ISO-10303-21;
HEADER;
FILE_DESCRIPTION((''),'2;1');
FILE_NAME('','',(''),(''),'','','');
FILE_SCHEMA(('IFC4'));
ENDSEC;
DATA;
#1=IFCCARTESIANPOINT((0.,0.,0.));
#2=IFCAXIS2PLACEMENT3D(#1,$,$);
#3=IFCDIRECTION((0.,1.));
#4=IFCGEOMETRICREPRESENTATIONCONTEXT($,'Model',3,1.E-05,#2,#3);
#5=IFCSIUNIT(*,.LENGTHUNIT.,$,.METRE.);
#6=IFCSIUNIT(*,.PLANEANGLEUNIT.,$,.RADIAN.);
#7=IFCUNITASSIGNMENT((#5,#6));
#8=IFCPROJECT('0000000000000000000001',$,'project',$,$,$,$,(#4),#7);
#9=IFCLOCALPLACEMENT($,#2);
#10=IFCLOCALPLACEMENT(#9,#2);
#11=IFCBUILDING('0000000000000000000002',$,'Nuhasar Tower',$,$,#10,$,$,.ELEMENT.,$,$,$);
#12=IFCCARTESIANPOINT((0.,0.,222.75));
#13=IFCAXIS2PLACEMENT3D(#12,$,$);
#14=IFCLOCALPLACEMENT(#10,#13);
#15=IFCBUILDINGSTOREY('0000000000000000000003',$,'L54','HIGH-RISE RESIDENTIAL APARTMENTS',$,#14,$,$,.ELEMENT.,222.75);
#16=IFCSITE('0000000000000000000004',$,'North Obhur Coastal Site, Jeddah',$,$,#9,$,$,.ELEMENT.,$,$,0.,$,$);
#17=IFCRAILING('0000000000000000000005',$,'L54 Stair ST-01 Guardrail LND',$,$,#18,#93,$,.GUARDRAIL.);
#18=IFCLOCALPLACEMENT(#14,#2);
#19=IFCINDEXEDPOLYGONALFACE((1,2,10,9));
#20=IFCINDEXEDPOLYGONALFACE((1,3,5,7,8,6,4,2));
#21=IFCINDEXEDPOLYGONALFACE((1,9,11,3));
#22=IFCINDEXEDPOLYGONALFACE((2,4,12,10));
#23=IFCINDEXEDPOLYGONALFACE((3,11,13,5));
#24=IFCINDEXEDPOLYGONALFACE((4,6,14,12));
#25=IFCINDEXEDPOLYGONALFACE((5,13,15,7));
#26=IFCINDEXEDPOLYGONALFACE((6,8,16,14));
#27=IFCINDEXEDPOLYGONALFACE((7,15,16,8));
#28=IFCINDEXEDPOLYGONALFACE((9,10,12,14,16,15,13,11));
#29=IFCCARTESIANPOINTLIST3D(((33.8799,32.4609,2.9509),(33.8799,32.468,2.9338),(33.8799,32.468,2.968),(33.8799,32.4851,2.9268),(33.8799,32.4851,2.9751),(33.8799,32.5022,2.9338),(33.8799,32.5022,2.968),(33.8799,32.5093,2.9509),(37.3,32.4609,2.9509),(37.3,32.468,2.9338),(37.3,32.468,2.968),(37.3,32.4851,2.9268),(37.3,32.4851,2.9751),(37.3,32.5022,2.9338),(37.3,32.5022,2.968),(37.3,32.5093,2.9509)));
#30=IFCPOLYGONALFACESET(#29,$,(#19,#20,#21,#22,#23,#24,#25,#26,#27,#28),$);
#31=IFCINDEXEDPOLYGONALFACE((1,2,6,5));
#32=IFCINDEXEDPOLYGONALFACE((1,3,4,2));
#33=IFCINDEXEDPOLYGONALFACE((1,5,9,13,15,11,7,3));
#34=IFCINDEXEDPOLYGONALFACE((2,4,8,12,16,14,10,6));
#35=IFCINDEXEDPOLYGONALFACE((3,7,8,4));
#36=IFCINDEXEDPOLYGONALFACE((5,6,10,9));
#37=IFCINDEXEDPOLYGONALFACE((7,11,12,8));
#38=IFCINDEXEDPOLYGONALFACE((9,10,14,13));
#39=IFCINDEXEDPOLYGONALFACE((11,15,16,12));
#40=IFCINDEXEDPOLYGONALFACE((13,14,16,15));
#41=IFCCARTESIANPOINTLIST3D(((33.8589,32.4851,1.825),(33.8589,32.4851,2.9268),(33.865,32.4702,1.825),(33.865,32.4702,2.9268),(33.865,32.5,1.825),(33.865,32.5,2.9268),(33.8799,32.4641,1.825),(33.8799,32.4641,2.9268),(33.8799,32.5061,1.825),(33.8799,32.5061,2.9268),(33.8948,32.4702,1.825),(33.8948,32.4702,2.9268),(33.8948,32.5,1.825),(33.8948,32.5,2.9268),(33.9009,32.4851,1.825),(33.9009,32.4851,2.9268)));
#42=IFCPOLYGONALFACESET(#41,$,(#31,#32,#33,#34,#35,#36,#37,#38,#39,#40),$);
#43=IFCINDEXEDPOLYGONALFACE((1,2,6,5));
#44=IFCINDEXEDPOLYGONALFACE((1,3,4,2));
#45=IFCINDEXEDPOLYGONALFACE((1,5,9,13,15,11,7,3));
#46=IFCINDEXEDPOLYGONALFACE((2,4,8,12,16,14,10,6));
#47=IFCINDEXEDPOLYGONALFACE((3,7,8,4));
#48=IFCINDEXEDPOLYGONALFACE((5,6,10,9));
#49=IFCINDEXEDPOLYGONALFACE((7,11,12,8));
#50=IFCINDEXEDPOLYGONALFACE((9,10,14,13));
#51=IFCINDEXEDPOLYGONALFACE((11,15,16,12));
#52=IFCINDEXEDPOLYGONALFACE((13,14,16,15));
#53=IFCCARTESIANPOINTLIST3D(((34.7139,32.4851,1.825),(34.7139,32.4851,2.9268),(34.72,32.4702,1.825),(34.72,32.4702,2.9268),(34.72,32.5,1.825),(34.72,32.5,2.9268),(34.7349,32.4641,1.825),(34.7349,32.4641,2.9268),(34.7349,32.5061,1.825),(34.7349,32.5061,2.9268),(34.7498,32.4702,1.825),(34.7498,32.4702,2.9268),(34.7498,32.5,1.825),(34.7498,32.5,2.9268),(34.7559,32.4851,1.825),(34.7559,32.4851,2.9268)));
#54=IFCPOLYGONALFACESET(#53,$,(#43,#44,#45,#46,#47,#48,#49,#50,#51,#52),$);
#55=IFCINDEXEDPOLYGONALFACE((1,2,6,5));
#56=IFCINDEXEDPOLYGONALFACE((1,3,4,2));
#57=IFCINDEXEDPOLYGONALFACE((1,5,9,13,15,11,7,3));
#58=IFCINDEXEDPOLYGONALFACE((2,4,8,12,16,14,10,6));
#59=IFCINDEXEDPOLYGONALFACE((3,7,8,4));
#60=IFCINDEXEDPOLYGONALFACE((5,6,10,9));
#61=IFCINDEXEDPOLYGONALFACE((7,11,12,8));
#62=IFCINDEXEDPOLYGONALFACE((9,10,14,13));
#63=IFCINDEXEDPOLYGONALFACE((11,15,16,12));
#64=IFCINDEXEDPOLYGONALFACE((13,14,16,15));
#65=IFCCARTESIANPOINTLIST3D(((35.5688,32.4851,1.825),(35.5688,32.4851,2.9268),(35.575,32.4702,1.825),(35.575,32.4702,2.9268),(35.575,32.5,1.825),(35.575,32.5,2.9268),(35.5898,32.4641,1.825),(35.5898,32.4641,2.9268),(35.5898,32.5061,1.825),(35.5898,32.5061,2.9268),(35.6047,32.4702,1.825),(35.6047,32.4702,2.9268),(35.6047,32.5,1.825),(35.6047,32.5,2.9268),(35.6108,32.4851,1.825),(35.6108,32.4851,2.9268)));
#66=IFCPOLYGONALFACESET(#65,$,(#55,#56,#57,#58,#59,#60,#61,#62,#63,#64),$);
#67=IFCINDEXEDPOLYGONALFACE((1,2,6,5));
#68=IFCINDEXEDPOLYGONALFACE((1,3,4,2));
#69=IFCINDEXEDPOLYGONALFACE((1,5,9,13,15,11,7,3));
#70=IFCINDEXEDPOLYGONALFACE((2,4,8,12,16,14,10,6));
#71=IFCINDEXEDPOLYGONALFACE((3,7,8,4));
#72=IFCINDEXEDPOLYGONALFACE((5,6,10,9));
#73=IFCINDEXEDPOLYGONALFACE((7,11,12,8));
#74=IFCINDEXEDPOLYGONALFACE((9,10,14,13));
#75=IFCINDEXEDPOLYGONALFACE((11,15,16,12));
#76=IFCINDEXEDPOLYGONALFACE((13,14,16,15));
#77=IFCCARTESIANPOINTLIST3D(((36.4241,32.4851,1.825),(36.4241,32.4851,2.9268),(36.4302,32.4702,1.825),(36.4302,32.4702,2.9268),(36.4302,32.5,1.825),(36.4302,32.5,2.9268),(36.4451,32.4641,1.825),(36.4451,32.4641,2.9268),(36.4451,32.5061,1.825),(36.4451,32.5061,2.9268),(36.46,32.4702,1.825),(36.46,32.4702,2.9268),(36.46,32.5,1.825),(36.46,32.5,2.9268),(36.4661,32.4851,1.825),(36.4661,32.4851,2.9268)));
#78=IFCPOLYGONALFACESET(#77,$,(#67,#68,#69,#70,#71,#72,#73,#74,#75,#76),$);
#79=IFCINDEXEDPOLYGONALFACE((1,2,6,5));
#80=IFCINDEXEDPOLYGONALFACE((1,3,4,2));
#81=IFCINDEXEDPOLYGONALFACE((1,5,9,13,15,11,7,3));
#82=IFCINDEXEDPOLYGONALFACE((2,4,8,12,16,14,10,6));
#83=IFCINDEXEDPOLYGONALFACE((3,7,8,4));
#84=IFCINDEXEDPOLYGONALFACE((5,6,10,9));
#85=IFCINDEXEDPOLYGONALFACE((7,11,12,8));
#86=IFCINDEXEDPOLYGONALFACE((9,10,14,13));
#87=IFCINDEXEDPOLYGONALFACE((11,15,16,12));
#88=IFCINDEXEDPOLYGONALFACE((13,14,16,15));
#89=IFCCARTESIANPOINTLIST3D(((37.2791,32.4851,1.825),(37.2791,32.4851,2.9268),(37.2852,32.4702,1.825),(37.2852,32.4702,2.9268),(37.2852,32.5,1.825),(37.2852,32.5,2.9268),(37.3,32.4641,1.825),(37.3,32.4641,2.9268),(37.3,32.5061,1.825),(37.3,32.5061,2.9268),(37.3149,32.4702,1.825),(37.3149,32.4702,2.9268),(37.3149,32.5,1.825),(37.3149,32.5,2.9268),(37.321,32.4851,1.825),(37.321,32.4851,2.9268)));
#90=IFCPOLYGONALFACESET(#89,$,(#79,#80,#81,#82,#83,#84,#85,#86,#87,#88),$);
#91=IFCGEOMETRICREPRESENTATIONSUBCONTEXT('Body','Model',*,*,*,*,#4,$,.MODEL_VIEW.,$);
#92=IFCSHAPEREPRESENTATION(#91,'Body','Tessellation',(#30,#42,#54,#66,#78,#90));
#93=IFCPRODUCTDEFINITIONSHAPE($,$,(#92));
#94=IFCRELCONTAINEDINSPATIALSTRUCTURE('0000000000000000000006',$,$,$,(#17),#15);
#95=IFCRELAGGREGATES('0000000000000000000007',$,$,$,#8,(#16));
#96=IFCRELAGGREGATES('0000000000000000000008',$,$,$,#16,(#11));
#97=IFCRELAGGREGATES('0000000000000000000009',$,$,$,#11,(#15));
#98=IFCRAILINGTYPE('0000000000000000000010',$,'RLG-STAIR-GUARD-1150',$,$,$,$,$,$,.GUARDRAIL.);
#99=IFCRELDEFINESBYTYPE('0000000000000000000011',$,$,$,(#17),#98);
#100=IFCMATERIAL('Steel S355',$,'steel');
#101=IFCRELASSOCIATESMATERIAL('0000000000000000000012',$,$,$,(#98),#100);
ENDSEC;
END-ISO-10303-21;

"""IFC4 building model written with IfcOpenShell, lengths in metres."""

from ifc_helpers import new_model, si_unit, direction, frame, origin, place, context, subcontext, project, spatial, polyline, outline, extrude, material, type_object, element, save


model = new_model("IFC4")

# Units and contexts
model_context = context("Model", 3, precision=1e-05, world=origin(), true_north=direction((0.0, 1.0)))
body_context = subcontext(model_context, "Body", "Model", "MODEL_VIEW")
ifc_project = project(units=[si_unit("LENGTHUNIT", "METRE"), si_unit("PLANEANGLEUNIT", "RADIAN")], contexts=[model_context])

# Site, building, storey
site_placement = place(None, origin())
site = spatial("IfcSite", under=ifc_project, at=site_placement, Name="North Obhur Coastal Site, Jeddah", CompositionType="ELEMENT", RefElevation=0.0)
building_placement = place(site_placement, origin())
building = spatial("IfcBuilding", under=site, at=building_placement, Name="Nuhasar Tower", CompositionType="ELEMENT")
storey_placement = place(building_placement, frame((0.0, 0.0, 222.75)))
storey = spatial("IfcBuildingStorey", under=building, at=storey_placement, Name="L54", Description="HIGH-RISE RESIDENTIAL APARTMENTS", CompositionType="ELEMENT", Elevation=222.75)

# Shared definitions
ifc_material_1 = material(Name="Steel S355", Category="steel")

# Railing
railing_type_1 = type_object("IfcRailingType", Name="RLG-STAIR-GUARD-1150", PredefinedType="GUARDRAIL", material=ifc_material_1)
railing_1_placement = place(storey_placement, frame((33.8799, 32.4851, 1.825)))
element("IfcRailing", 1, at=railing_1_placement, inside=storey, type_object=railing_type_1, Name="L54 Stair ST-01 Guardrail LND", PredefinedType="GUARDRAIL", context=body_context, shape_type="SweptSolid", body=[
    extrude(outline(polyline([(0.0242, 0.0), (0.0171, 0.0171), (0.0, 0.0242), (-0.0171, 0.0171), (-0.0242, 0.0), (-0.0171, -0.0171), (0.0, -0.0242), (0.0171, -0.0171), (0.0242, 0.0)])), frame((0.0, 0.0, 1.126), z_axis=(1.0, 0.0, 0.0), x_axis=(0.0, 1.0, 0.0)), (0.0, 0.0, 1.0), 3.4202),
    extrude(outline(polyline([(0.021, 0.0), (0.0149, 0.0149), (0.0, 0.021), (-0.0149, 0.0149), (-0.021, 0.0), (-0.0149, -0.0149), (0.0, -0.021), (0.0149, -0.0149), (0.021, 0.0)])), origin(), (0.0, 0.0, 1.0), 1.1018),
    extrude(outline(polyline([(0.021, 0.0), (0.0149, 0.0149), (0.0, 0.021), (-0.0149, 0.0149), (-0.021, 0.0), (-0.0149, -0.0149), (0.0, -0.021), (0.0149, -0.0149), (0.021, 0.0)])), frame((0.855, 0.0, 0.0)), (0.0, 0.0, 1.0), 1.1018),
    extrude(outline(polyline([(0.021, 0.0), (0.0149, 0.0149), (0.0, 0.021), (-0.0149, 0.0149), (-0.021, 0.0), (-0.0149, -0.0149), (0.0, -0.021), (0.0149, -0.0149), (0.021, 0.0)])), frame((1.71, 0.0, 0.0)), (0.0, 0.0, 1.0), 1.1018),
    extrude(outline(polyline([(0.021, 0.0), (0.0149, 0.0149), (0.0, 0.021), (-0.0149, 0.0149), (-0.021, 0.0), (-0.0149, -0.0149), (0.0, -0.021), (0.0149, -0.0149), (0.021, 0.0)])), frame((2.5652, 0.0, 0.0)), (0.0, 0.0, 1.0), 1.1018),
    extrude(outline(polyline([(0.021, 0.0), (0.0149, 0.0149), (0.0, 0.021), (-0.0149, 0.0149), (-0.021, 0.0), (-0.0149, -0.0149), (0.0, -0.021), (0.0149, -0.0149), (0.021, 0.0)])), frame((3.4202, 0.0, 0.0)), (0.0, 0.0, 1.0), 1.1018),
])

save(model, "model.ifc")
